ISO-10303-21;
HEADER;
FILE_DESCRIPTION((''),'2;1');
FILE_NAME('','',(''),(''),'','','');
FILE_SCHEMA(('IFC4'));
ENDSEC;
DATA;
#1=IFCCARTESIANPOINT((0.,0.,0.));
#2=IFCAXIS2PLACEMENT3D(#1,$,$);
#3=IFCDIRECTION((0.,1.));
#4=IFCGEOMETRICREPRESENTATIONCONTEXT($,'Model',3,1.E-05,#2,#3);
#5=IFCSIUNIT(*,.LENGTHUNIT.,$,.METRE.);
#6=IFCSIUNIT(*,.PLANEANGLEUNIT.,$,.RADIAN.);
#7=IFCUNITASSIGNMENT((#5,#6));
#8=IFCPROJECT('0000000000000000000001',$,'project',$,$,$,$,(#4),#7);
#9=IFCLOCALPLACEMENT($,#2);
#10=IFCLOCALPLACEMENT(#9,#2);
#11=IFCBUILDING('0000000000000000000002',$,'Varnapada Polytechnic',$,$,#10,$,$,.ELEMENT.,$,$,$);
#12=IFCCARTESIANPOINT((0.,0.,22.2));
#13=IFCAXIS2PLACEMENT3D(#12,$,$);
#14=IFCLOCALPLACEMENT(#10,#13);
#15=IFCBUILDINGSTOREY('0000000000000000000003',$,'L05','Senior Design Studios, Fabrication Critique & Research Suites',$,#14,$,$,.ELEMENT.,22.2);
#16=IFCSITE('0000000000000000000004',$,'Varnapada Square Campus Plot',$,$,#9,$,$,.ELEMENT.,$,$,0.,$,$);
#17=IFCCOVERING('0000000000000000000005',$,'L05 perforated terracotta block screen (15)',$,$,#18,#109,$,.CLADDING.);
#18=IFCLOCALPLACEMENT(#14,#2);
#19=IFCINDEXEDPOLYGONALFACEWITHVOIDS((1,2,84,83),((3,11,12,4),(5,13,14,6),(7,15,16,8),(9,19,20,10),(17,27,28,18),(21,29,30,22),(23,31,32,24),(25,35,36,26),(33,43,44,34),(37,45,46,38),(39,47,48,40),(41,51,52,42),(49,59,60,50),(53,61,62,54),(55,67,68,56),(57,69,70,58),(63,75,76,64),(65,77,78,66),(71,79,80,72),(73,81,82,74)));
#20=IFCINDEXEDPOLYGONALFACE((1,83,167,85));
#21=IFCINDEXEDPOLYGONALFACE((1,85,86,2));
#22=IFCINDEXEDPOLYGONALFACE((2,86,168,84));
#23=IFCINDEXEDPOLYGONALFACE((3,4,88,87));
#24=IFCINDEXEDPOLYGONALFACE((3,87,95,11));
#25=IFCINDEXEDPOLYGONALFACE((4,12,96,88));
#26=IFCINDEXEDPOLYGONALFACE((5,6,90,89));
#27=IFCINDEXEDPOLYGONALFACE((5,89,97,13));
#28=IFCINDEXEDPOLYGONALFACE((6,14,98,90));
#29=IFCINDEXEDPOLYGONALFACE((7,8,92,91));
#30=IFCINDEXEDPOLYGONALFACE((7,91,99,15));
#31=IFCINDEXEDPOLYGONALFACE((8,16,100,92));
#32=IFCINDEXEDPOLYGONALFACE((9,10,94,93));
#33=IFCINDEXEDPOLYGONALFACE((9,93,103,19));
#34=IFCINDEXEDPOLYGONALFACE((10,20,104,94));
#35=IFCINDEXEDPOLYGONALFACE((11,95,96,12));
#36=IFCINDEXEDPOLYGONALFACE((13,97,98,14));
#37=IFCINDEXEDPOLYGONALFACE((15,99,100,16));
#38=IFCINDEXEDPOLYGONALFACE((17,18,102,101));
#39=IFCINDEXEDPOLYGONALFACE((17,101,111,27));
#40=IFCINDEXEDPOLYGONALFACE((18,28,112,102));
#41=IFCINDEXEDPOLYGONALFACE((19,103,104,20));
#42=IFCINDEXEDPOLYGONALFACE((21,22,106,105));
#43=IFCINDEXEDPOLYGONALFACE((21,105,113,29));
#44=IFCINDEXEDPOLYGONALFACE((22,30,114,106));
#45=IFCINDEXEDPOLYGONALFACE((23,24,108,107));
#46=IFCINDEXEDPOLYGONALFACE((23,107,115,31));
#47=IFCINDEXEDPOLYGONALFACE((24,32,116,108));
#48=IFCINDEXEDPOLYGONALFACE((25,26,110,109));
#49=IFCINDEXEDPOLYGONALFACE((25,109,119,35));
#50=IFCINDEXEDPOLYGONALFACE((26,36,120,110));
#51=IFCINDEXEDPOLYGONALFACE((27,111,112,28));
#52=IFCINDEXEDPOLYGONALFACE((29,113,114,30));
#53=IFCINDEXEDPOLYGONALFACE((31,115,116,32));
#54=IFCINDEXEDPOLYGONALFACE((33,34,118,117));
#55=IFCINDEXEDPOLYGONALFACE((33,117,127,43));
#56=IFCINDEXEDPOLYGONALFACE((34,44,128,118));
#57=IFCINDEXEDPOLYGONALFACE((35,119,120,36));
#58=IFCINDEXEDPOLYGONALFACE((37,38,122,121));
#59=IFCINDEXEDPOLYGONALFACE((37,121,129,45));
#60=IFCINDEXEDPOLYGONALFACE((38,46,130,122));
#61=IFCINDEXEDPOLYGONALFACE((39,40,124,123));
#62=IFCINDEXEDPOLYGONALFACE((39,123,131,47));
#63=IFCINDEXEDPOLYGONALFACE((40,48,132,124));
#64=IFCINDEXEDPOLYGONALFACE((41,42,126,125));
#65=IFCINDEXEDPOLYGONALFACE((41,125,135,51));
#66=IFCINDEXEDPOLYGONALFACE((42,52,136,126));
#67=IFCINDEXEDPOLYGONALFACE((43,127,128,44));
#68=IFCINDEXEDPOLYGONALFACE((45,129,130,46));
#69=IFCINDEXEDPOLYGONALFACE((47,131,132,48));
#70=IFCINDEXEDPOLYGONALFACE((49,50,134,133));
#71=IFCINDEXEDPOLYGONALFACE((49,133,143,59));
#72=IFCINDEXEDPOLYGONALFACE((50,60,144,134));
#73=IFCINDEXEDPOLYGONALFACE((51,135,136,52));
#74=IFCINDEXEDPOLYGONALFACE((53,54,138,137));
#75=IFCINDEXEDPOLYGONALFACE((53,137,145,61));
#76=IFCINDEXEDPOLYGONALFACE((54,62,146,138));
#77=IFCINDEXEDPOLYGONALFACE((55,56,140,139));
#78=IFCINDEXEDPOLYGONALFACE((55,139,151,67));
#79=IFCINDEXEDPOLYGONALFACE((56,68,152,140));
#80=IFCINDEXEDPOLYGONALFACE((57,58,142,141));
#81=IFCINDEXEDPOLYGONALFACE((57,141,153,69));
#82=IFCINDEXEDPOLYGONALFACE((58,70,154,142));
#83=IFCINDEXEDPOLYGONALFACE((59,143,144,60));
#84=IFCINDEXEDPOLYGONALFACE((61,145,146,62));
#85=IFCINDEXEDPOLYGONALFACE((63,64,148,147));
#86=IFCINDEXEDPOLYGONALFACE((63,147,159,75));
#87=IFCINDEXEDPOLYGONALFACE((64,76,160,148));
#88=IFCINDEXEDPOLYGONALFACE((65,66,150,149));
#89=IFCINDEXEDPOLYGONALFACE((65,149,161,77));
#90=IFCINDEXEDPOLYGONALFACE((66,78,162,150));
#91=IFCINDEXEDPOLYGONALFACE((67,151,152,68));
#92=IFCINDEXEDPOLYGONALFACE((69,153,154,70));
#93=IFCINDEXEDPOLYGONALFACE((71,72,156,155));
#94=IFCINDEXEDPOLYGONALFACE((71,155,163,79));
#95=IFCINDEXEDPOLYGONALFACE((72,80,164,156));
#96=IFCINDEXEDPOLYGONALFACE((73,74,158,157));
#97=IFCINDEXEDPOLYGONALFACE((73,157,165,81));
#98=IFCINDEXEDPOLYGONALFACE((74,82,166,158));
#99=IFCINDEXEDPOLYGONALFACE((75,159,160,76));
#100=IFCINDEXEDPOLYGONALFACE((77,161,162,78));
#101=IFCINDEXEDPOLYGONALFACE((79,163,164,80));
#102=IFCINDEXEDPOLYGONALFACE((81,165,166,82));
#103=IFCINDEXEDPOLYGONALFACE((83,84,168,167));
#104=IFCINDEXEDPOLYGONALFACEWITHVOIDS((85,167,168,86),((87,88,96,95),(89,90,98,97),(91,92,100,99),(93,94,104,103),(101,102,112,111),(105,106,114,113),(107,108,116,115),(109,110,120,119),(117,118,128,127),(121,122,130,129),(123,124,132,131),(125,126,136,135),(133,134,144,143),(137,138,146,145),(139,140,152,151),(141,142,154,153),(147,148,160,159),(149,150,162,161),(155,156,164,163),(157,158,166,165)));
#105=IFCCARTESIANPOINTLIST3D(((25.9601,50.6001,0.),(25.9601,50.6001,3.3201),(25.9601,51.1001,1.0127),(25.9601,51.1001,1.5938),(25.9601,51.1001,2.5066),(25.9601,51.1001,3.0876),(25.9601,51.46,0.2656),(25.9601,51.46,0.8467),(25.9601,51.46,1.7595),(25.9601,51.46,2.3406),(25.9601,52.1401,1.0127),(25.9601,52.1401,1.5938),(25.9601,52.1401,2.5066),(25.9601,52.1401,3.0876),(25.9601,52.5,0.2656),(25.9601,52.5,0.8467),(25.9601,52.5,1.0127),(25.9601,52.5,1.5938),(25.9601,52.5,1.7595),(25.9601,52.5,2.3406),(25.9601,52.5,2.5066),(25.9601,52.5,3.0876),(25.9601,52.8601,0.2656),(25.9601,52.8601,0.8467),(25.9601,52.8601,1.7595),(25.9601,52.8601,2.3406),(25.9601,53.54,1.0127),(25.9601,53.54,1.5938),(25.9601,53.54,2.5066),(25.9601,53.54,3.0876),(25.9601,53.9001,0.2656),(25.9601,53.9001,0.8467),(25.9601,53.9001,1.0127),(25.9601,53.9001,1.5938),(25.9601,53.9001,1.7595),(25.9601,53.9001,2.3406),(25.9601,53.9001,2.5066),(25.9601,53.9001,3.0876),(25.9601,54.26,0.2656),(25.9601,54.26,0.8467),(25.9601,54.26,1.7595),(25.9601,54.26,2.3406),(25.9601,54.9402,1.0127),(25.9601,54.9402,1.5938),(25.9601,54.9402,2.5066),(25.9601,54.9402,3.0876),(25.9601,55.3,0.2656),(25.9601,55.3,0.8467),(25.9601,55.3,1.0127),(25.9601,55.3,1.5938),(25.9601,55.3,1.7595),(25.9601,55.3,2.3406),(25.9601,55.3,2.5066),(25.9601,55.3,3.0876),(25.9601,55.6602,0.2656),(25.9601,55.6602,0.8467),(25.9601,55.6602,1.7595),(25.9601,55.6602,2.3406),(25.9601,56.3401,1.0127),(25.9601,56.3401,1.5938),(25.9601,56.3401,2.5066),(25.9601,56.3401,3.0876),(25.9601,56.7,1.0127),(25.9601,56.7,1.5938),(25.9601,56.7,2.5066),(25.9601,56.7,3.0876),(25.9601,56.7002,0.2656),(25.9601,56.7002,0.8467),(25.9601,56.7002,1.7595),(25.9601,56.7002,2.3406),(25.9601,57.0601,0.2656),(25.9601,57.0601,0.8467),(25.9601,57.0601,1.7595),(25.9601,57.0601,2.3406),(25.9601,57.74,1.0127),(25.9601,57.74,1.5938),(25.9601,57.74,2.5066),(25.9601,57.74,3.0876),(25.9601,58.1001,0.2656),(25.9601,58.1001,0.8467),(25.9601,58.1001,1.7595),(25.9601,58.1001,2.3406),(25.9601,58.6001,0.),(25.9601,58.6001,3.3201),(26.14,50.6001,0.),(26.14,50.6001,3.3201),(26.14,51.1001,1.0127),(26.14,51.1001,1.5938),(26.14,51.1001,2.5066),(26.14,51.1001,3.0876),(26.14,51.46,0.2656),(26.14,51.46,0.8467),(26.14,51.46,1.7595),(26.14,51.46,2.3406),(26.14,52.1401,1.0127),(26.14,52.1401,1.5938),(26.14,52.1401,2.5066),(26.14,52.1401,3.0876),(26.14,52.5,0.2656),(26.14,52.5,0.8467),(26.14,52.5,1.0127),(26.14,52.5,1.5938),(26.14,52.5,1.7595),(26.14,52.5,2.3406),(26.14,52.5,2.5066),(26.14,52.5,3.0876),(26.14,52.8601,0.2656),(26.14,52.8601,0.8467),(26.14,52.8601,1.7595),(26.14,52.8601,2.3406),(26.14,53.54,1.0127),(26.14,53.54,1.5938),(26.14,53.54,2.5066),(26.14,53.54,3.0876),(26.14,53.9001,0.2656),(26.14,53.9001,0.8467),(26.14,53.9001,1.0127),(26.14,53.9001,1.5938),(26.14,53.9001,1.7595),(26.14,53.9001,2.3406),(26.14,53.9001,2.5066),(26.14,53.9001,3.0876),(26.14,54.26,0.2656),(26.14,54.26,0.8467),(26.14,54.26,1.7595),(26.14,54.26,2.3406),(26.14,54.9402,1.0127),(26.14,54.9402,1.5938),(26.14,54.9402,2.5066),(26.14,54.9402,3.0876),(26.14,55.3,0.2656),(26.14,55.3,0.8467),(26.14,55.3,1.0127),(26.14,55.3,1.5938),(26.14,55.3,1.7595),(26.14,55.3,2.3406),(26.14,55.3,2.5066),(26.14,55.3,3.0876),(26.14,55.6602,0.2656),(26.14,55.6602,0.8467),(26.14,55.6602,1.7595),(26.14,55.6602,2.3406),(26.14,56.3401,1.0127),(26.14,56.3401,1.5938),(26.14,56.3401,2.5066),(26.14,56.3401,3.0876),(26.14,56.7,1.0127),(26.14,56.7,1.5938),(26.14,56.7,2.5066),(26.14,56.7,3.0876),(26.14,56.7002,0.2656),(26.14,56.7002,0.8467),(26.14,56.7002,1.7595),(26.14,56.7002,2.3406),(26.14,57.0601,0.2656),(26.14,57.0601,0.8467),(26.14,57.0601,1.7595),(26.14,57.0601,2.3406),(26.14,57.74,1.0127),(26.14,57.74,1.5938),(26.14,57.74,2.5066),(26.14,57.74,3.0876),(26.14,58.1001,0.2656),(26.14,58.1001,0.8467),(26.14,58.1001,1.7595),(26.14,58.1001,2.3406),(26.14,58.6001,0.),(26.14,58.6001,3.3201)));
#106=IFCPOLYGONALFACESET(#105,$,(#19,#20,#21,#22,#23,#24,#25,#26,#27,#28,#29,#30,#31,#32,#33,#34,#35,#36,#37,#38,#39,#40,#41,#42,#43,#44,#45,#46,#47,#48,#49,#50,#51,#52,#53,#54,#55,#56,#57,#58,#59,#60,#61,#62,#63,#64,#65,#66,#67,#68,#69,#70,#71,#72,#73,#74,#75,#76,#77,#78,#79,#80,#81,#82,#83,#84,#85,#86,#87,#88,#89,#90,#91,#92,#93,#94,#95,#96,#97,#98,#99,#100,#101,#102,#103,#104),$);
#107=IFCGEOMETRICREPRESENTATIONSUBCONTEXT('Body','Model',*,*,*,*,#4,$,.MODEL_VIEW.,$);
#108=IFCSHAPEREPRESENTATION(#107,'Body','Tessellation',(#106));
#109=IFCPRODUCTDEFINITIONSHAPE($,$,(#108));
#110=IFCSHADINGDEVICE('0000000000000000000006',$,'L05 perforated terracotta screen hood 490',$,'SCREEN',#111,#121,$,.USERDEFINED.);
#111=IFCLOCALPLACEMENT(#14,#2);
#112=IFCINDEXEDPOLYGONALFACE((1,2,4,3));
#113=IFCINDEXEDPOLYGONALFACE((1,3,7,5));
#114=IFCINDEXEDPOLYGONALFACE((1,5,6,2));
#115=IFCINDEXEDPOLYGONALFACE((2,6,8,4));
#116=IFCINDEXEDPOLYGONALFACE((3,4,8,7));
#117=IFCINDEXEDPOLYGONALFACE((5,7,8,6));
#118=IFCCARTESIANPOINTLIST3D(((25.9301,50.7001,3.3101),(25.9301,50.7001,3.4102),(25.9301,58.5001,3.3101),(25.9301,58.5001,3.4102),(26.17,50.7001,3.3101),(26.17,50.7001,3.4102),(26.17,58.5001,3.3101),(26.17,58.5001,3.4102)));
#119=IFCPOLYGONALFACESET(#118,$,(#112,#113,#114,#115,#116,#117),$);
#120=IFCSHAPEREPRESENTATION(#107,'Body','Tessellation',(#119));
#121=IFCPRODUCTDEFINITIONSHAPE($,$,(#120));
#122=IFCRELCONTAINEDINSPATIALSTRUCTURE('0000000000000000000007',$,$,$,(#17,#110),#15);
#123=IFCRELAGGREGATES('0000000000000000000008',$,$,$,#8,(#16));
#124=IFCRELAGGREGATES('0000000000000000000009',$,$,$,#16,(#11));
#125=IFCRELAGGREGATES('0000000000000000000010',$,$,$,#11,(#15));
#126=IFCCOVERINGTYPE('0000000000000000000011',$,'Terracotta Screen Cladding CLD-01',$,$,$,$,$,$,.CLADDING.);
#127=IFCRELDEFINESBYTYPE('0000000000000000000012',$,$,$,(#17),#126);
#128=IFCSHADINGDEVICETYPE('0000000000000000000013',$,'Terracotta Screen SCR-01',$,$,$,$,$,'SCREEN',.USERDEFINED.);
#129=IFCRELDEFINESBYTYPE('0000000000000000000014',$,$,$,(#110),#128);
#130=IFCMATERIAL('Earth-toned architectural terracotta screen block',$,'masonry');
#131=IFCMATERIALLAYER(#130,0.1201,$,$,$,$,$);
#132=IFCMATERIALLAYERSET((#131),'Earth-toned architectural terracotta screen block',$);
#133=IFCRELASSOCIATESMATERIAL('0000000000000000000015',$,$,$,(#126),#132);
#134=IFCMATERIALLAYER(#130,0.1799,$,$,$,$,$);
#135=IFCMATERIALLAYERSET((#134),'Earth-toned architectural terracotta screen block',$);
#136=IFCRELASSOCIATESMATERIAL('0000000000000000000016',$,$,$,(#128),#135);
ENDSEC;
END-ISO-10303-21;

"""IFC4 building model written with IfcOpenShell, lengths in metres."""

from ifc_helpers import new_model, si_unit, direction, frame, frame_2d, origin, origin_2d, place, context, subcontext, project, spatial, rectangle, extrude, material, layer, layer_set, type_object, element, save


model = new_model("IFC4")

# Units and contexts
model_context = context("Model", 3, precision=1e-05, world=origin(), true_north=direction((0.0, 1.0)))
body_context = subcontext(model_context, "Body", "Model", "MODEL_VIEW")
ifc_project = project(units=[si_unit("LENGTHUNIT", "METRE"), si_unit("PLANEANGLEUNIT", "RADIAN")], contexts=[model_context])

# Site, building, storey
site_placement = place(None, origin())
site = spatial("IfcSite", under=ifc_project, at=site_placement, Name="Varnapada Square Campus Plot", CompositionType="ELEMENT", RefElevation=0.0)
building_placement = place(site_placement, origin())
building = spatial("IfcBuilding", under=site, at=building_placement, Name="Varnapada Polytechnic", CompositionType="ELEMENT")
storey_placement = place(building_placement, frame((0.0, 0.0, 22.2)))
storey = spatial("IfcBuildingStorey", under=building, at=storey_placement, Name="L05", Description="Senior Design Studios, Fabrication Critique & Research Suites", CompositionType="ELEMENT", Elevation=22.2)

# Covering, openings
ifc_material_1 = material(Name="Earth-toned architectural terracotta screen block", Category="masonry")
ifc_layer_1 = layer(ifc_material_1, 0.1201)
ifc_layer_set_1 = layer_set([ifc_layer_1], Name="Earth-toned architectural terracotta screen block")
covering_type = type_object("IfcCoveringType", Name="Terracotta Screen Cladding CLD-01", PredefinedType="CLADDING", material=ifc_layer_set_1)
covering_placement = place(storey_placement, frame((26.05, 58.6001, 0.0), z_axis=(0.0, 0.0, 1.0), x_axis=(0.0, -1.0, 0.0)))
covering = element("IfcCovering", 1, at=covering_placement, inside=storey, type_object=covering_type, Name="L05 perforated terracotta block screen (15)", PredefinedType="CLADDING", context=body_context, shape_type="SweptSolid", body=[
    extrude(rectangle(XDim=8.0, YDim=0.1799, at=frame_2d((4.0, 0.0))), origin(), (0.0, 0.0, 1.0), 3.3201),
])
opening_1_placement = place(covering_placement, frame((0.5, 0.0, 0.2656)))
element("IfcOpeningElement", 2, at=opening_1_placement, cuts=covering, PredefinedType="OPENING", context=body_context, shape_type="SweptSolid", body=[
    extrude(rectangle(XDim=1.04, YDim=0.5811, at=frame_2d((0.52, 0.2905))), frame((0.0, 0.0999, 0.0), z_axis=(0.0, -1.0, 0.0), x_axis=(1.0, 0.0, 0.0)), (0.0, 0.0, 1.0), 0.2),
])
opening_2_placement = place(covering_placement, frame((1.8999, 0.0, 0.2656)))
element("IfcOpeningElement", 3, at=opening_2_placement, cuts=covering, PredefinedType="OPENING", context=body_context, shape_type="SweptSolid", body=[
    extrude(rectangle(XDim=1.04, YDim=0.5811, at=frame_2d((0.52, 0.2905))), frame((0.0, 0.0999, 0.0), z_axis=(0.0, -1.0, 0.0), x_axis=(1.0, 0.0, 0.0)), (0.0, 0.0, 1.0), 0.2),
])
opening_3_placement = place(covering_placement, frame((3.3, 0.0, 0.2656)))
element("IfcOpeningElement", 4, at=opening_3_placement, cuts=covering, PredefinedType="OPENING", context=body_context, shape_type="SweptSolid", body=[
    extrude(rectangle(XDim=1.04, YDim=0.5811, at=frame_2d((0.52, 0.2905))), frame((0.0, 0.0999, 0.0), z_axis=(0.0, -1.0, 0.0), x_axis=(1.0, 0.0, 0.0)), (0.0, 0.0, 1.0), 0.2),
])
opening_4_placement = place(covering_placement, frame((4.7, 0.0, 0.2656)))
element("IfcOpeningElement", 5, at=opening_4_placement, cuts=covering, PredefinedType="OPENING", context=body_context, shape_type="SweptSolid", body=[
    extrude(rectangle(XDim=1.04, YDim=0.5811, at=frame_2d((0.52, 0.2905))), frame((0.0, 0.0999, 0.0), z_axis=(0.0, -1.0, 0.0), x_axis=(1.0, 0.0, 0.0)), (0.0, 0.0, 1.0), 0.2),
])
opening_5_placement = place(covering_placement, frame((6.1001, 0.0, 0.2656)))
element("IfcOpeningElement", 6, at=opening_5_placement, cuts=covering, PredefinedType="OPENING", context=body_context, shape_type="SweptSolid", body=[
    extrude(rectangle(XDim=1.04, YDim=0.5811, at=frame_2d((0.52, 0.2905))), frame((0.0, 0.0999, 0.0), z_axis=(0.0, -1.0, 0.0), x_axis=(1.0, 0.0, 0.0)), (0.0, 0.0, 1.0), 0.2),
])
opening_6_placement = place(covering_placement, frame((0.8601, 0.0, 1.0127)))
element("IfcOpeningElement", 7, at=opening_6_placement, cuts=covering, PredefinedType="OPENING", context=body_context, shape_type="SweptSolid", body=[
    extrude(rectangle(XDim=1.04, YDim=0.5811, at=frame_2d((0.52, 0.2905))), frame((0.0, 0.0999, 0.0), z_axis=(0.0, -1.0, 0.0), x_axis=(1.0, 0.0, 0.0)), (0.0, 0.0, 1.0), 0.2),
])
opening_7_placement = place(covering_placement, frame((2.26, 0.0, 1.0127)))
element("IfcOpeningElement", 8, at=opening_7_placement, cuts=covering, PredefinedType="OPENING", context=body_context, shape_type="SweptSolid", body=[
    extrude(rectangle(XDim=1.04, YDim=0.5811, at=frame_2d((0.52, 0.2905))), frame((0.0, 0.0999, 0.0), z_axis=(0.0, -1.0, 0.0), x_axis=(1.0, 0.0, 0.0)), (0.0, 0.0, 1.0), 0.2),
])
opening_8_placement = place(covering_placement, frame((3.6599, 0.0, 1.0127)))
element("IfcOpeningElement", 9, at=opening_8_placement, cuts=covering, PredefinedType="OPENING", context=body_context, shape_type="SweptSolid", body=[
    extrude(rectangle(XDim=1.04, YDim=0.5811, at=frame_2d((0.52, 0.2905))), frame((0.0, 0.0999, 0.0), z_axis=(0.0, -1.0, 0.0), x_axis=(1.0, 0.0, 0.0)), (0.0, 0.0, 1.0), 0.2),
])
opening_9_placement = place(covering_placement, frame((5.0601, 0.0, 1.0127)))
element("IfcOpeningElement", 10, at=opening_9_placement, cuts=covering, PredefinedType="OPENING", context=body_context, shape_type="SweptSolid", body=[
    extrude(rectangle(XDim=1.04, YDim=0.5811, at=frame_2d((0.52, 0.2905))), frame((0.0, 0.0999, 0.0), z_axis=(0.0, -1.0, 0.0), x_axis=(1.0, 0.0, 0.0)), (0.0, 0.0, 1.0), 0.2),
])
opening_10_placement = place(covering_placement, frame((6.46, 0.0, 1.0127)))
element("IfcOpeningElement", 11, at=opening_10_placement, cuts=covering, PredefinedType="OPENING", context=body_context, shape_type="SweptSolid", body=[
    extrude(rectangle(XDim=1.04, YDim=0.5811, at=frame_2d((0.52, 0.2905))), frame((0.0, 0.0999, 0.0), z_axis=(0.0, -1.0, 0.0), x_axis=(1.0, 0.0, 0.0)), (0.0, 0.0, 1.0), 0.2),
])
opening_11_placement = place(covering_placement, frame((0.5, 0.0, 1.7595)))
element("IfcOpeningElement", 12, at=opening_11_placement, cuts=covering, PredefinedType="OPENING", context=body_context, shape_type="SweptSolid", body=[
    extrude(rectangle(XDim=1.04, YDim=0.5811, at=frame_2d((0.52, 0.2905))), frame((0.0, 0.0999, 0.0), z_axis=(0.0, -1.0, 0.0), x_axis=(1.0, 0.0, 0.0)), (0.0, 0.0, 1.0), 0.2),
])
opening_12_placement = place(covering_placement, frame((1.8999, 0.0, 1.7595)))
element("IfcOpeningElement", 13, at=opening_12_placement, cuts=covering, PredefinedType="OPENING", context=body_context, shape_type="SweptSolid", body=[
    extrude(rectangle(XDim=1.04, YDim=0.5811, at=frame_2d((0.52, 0.2905))), frame((0.0, 0.0999, 0.0), z_axis=(0.0, -1.0, 0.0), x_axis=(1.0, 0.0, 0.0)), (0.0, 0.0, 1.0), 0.2),
])
opening_13_placement = place(covering_placement, frame((3.3, 0.0, 1.7595)))
element("IfcOpeningElement", 14, at=opening_13_placement, cuts=covering, PredefinedType="OPENING", context=body_context, shape_type="SweptSolid", body=[
    extrude(rectangle(XDim=1.04, YDim=0.5811, at=frame_2d((0.52, 0.2905))), frame((0.0, 0.0999, 0.0), z_axis=(0.0, -1.0, 0.0), x_axis=(1.0, 0.0, 0.0)), (0.0, 0.0, 1.0), 0.2),
])
opening_14_placement = place(covering_placement, frame((4.7, 0.0, 1.7595)))
element("IfcOpeningElement", 15, at=opening_14_placement, cuts=covering, PredefinedType="OPENING", context=body_context, shape_type="SweptSolid", body=[
    extrude(rectangle(XDim=1.04, YDim=0.5811, at=frame_2d((0.52, 0.2905))), frame((0.0, 0.0999, 0.0), z_axis=(0.0, -1.0, 0.0), x_axis=(1.0, 0.0, 0.0)), (0.0, 0.0, 1.0), 0.2),
])
opening_15_placement = place(covering_placement, frame((6.1001, 0.0, 1.7595)))
element("IfcOpeningElement", 16, at=opening_15_placement, cuts=covering, PredefinedType="OPENING", context=body_context, shape_type="SweptSolid", body=[
    extrude(rectangle(XDim=1.04, YDim=0.5811, at=frame_2d((0.52, 0.2905))), frame((0.0, 0.0999, 0.0), z_axis=(0.0, -1.0, 0.0), x_axis=(1.0, 0.0, 0.0)), (0.0, 0.0, 1.0), 0.2),
])
opening_16_placement = place(covering_placement, frame((0.8601, 0.0, 2.5066)))
element("IfcOpeningElement", 17, at=opening_16_placement, cuts=covering, PredefinedType="OPENING", context=body_context, shape_type="SweptSolid", body=[
    extrude(rectangle(XDim=1.04, YDim=0.5811, at=frame_2d((0.52, 0.2905))), frame((0.0, 0.0999, 0.0), z_axis=(0.0, -1.0, 0.0), x_axis=(1.0, 0.0, 0.0)), (0.0, 0.0, 1.0), 0.2),
])
opening_17_placement = place(covering_placement, frame((2.26, 0.0, 2.5066)))
element("IfcOpeningElement", 18, at=opening_17_placement, cuts=covering, PredefinedType="OPENING", context=body_context, shape_type="SweptSolid", body=[
    extrude(rectangle(XDim=1.04, YDim=0.5811, at=frame_2d((0.52, 0.2905))), frame((0.0, 0.0999, 0.0), z_axis=(0.0, -1.0, 0.0), x_axis=(1.0, 0.0, 0.0)), (0.0, 0.0, 1.0), 0.2),
])
opening_18_placement = place(covering_placement, frame((3.6599, 0.0, 2.5066)))
element("IfcOpeningElement", 19, at=opening_18_placement, cuts=covering, PredefinedType="OPENING", context=body_context, shape_type="SweptSolid", body=[
    extrude(rectangle(XDim=1.04, YDim=0.5811, at=frame_2d((0.52, 0.2905))), frame((0.0, 0.0999, 0.0), z_axis=(0.0, -1.0, 0.0), x_axis=(1.0, 0.0, 0.0)), (0.0, 0.0, 1.0), 0.2),
])
opening_19_placement = place(covering_placement, frame((5.0601, 0.0, 2.5066)))
element("IfcOpeningElement", 20, at=opening_19_placement, cuts=covering, PredefinedType="OPENING", context=body_context, shape_type="SweptSolid", body=[
    extrude(rectangle(XDim=1.04, YDim=0.5811, at=frame_2d((0.52, 0.2905))), frame((0.0, 0.0999, 0.0), z_axis=(0.0, -1.0, 0.0), x_axis=(1.0, 0.0, 0.0)), (0.0, 0.0, 1.0), 0.2),
])
opening_20_placement = place(covering_placement, frame((6.46, 0.0, 2.5066)))
element("IfcOpeningElement", 21, at=opening_20_placement, cuts=covering, PredefinedType="OPENING", context=body_context, shape_type="SweptSolid", body=[
    extrude(rectangle(XDim=1.04, YDim=0.5811, at=frame_2d((0.52, 0.2905))), frame((0.0, 0.0999, 0.0), z_axis=(0.0, -1.0, 0.0), x_axis=(1.0, 0.0, 0.0)), (0.0, 0.0, 1.0), 0.2),
])

# Shading device
ifc_layer_2 = layer(ifc_material_1, 0.1799)
ifc_layer_set_2 = layer_set([ifc_layer_2], Name="Earth-toned architectural terracotta screen block")
shading_device_type = type_object("IfcShadingDeviceType", Name="Terracotta Screen SCR-01", ElementType="SCREEN", PredefinedType="USERDEFINED", material=ifc_layer_set_2)
shading_device_placement = place(storey_placement, frame((26.05, 54.6001, 3.3101), z_axis=(0.0, 0.0, 1.0), x_axis=(0.0, -1.0, 0.0)))
element("IfcShadingDevice", 22, at=shading_device_placement, inside=storey, type_object=shading_device_type, Name="L05 perforated terracotta screen hood 490", ObjectType="SCREEN", PredefinedType="USERDEFINED", context=body_context, shape_type="SweptSolid", body=[
    extrude(rectangle(XDim=7.8, YDim=0.24, at=origin_2d()), origin(), (0.0, 0.0, 1.0), 0.1001),
])

save(model, "model.ifc")
